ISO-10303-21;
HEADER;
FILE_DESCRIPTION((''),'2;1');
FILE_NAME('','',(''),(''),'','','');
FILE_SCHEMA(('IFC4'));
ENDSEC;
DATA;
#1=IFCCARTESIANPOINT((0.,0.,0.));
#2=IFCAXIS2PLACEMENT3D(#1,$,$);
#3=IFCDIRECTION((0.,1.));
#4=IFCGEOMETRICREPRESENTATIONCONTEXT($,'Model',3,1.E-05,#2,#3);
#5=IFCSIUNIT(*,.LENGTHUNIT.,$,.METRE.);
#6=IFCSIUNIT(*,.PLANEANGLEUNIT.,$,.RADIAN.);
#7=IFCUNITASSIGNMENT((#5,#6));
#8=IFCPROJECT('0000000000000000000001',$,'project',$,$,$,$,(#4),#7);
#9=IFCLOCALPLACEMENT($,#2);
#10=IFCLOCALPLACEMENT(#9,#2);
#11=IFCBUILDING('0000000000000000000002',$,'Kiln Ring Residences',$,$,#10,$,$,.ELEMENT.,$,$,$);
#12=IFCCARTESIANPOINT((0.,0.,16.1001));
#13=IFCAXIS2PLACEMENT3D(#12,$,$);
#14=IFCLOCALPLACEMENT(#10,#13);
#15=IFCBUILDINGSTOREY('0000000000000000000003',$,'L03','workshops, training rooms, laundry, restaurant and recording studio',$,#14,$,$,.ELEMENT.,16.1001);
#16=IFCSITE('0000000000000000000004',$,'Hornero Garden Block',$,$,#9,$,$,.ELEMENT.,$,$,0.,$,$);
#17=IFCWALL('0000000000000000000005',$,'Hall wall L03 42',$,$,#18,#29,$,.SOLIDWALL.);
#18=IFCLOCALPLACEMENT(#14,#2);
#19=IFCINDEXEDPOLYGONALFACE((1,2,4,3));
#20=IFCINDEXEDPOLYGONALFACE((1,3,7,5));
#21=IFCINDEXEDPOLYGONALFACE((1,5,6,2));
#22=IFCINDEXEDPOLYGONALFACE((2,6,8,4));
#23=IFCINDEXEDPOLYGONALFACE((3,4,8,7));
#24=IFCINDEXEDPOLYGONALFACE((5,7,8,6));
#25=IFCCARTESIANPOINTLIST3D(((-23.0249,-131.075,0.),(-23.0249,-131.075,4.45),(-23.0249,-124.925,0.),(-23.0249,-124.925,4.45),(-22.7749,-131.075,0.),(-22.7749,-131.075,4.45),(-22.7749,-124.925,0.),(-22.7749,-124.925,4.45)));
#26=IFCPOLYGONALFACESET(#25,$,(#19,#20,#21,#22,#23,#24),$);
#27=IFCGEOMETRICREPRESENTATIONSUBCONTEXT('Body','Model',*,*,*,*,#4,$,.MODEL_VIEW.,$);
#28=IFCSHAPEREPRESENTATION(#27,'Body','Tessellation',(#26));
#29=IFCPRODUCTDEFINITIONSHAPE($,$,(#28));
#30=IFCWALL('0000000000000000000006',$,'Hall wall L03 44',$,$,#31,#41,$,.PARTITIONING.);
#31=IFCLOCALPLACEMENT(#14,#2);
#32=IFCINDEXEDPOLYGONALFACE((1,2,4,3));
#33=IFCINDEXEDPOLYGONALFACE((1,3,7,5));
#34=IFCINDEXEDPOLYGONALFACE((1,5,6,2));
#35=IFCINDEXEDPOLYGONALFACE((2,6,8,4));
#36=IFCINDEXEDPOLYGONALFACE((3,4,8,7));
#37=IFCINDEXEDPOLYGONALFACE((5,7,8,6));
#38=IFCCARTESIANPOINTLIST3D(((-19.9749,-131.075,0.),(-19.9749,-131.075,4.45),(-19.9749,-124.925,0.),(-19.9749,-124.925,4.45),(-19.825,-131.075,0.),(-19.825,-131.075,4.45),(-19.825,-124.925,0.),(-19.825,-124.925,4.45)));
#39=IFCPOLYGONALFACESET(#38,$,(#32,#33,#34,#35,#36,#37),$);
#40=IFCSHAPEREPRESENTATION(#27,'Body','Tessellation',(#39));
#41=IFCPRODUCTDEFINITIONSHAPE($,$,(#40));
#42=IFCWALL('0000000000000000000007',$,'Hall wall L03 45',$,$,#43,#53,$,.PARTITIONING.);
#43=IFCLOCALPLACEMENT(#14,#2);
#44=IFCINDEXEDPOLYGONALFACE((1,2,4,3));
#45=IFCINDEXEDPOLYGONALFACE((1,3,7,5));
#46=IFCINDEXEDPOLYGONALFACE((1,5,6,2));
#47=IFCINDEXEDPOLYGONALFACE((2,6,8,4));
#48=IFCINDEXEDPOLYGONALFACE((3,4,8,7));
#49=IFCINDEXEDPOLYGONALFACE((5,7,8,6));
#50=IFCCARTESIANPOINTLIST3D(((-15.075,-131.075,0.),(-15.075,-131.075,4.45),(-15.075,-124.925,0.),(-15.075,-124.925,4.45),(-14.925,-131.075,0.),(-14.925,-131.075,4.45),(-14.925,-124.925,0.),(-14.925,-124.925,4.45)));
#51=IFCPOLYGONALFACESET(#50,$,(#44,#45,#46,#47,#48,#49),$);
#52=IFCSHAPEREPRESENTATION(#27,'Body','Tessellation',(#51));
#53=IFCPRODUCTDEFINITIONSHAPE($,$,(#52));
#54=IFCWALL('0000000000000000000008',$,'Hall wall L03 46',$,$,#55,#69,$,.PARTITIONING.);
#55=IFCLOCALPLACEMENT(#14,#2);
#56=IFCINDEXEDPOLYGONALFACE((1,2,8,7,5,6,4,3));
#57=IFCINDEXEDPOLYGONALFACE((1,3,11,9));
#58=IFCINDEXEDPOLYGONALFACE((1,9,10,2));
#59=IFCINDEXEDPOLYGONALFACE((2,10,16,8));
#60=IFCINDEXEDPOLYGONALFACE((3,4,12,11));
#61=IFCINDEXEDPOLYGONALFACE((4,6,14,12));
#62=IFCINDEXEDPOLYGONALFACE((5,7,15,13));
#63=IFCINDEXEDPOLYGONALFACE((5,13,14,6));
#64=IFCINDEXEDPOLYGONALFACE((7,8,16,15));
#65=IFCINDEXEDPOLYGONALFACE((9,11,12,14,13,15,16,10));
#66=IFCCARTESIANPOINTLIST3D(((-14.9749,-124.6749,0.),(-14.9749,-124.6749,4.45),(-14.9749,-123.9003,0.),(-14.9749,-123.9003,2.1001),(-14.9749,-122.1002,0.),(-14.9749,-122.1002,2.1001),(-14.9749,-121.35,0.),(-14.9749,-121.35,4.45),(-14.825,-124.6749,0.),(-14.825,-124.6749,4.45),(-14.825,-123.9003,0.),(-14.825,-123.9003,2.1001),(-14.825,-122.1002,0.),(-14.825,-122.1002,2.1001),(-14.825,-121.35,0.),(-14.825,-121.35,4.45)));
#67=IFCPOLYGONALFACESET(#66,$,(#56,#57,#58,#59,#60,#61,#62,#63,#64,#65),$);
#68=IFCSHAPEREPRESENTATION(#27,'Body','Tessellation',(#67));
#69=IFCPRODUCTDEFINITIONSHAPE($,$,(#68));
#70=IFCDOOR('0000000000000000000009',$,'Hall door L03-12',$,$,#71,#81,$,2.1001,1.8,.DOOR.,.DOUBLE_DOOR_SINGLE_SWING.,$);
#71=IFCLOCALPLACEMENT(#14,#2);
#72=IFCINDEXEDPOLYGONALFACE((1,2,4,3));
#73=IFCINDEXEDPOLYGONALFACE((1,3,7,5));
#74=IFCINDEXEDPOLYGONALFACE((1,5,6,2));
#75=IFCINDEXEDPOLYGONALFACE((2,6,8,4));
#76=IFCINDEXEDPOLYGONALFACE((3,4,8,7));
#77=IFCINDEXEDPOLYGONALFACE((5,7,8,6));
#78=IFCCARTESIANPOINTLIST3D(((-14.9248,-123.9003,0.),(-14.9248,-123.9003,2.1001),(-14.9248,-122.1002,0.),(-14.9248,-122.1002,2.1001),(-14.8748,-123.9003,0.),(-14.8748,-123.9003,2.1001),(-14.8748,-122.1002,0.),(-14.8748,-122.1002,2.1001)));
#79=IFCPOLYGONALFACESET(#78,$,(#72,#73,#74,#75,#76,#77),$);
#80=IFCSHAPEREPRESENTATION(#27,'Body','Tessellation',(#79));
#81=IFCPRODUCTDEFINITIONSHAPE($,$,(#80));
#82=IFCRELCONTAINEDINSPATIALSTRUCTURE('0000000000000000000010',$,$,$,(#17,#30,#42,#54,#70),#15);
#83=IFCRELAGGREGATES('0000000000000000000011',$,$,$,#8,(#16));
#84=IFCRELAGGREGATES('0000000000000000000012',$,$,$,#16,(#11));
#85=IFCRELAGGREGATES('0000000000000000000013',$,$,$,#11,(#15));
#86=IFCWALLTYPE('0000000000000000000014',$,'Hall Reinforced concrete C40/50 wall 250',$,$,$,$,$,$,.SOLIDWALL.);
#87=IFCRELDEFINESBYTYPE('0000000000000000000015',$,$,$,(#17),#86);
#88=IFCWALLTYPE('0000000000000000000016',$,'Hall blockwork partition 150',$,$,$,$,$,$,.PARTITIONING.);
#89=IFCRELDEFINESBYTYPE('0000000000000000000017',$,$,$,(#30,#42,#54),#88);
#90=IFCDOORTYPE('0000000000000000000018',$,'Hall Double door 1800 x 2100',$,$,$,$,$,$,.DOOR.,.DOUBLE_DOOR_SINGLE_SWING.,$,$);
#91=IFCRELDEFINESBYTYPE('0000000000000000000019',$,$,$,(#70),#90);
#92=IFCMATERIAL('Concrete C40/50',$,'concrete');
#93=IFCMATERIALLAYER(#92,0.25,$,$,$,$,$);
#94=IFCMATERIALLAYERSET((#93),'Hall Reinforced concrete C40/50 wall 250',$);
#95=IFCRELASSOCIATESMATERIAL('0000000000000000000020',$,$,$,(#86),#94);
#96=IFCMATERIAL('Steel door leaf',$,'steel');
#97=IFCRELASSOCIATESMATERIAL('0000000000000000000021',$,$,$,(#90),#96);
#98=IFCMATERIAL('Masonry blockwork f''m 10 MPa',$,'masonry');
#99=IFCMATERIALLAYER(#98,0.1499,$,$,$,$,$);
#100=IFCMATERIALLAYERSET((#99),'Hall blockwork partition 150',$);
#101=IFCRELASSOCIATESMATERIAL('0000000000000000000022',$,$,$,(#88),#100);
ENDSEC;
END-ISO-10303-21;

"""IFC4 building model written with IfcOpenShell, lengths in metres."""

from ifc_helpers import new_model, si_unit, direction, frame, frame_2d, origin, place, context, subcontext, project, spatial, rectangle, extrude, material, layer, layer_set, type_object, element, fill, save


model = new_model("IFC4")

# Units and contexts
model_context = context("Model", 3, precision=1e-05, world=origin(), true_north=direction((0.0, 1.0)))
body_context = subcontext(model_context, "Body", "Model", "MODEL_VIEW")
ifc_project = project(units=[si_unit("LENGTHUNIT", "METRE"), si_unit("PLANEANGLEUNIT", "RADIAN")], contexts=[model_context])

# Site, building, storey
site_placement = place(None, origin())
site = spatial("IfcSite", under=ifc_project, at=site_placement, Name="Hornero Garden Block", CompositionType="ELEMENT", RefElevation=0.0)
building_placement = place(site_placement, origin())
building = spatial("IfcBuilding", under=site, at=building_placement, Name="Kiln Ring Residences", CompositionType="ELEMENT")
storey_placement = place(building_placement, frame((0.0, 0.0, 16.1001)))
storey = spatial("IfcBuildingStorey", under=building, at=storey_placement, Name="L03", Description="workshops, training rooms, laundry, restaurant and recording studio", CompositionType="ELEMENT", Elevation=16.1001)

# Shared definitions
ifc_material_1 = material(Name="Concrete C40/50", Category="concrete")
ifc_layer_1 = layer(ifc_material_1, 0.25)
ifc_layer_set_1 = layer_set([ifc_layer_1], Name="Hall Reinforced concrete C40/50 wall 250")
wall_type_1 = type_object("IfcWallType", Name="Hall Reinforced concrete C40/50 wall 250", PredefinedType="SOLIDWALL", material=ifc_layer_set_1)
ifc_material_2 = material(Name="Steel door leaf", Category="steel")
door_type_1 = type_object("IfcDoorType", Name="Hall Double door 1800 x 2100", OperationType="DOUBLE_DOOR_SINGLE_SWING", PredefinedType="DOOR", material=ifc_material_2)

# Walls
wall_1_placement = place(storey_placement, frame((-22.8999, -131.075, 0.0), z_axis=(0.0, 0.0, 1.0), x_axis=(0.0, 1.0, 0.0)))
element("IfcWall", 1, at=wall_1_placement, inside=storey, type_object=wall_type_1, Name="Hall wall L03 42", PredefinedType="SOLIDWALL", context=body_context, shape_type="SweptSolid", body=[
    extrude(rectangle(XDim=6.1499, YDim=0.25, at=frame_2d((3.075, 0.0))), origin(), (0.0, 0.0, 1.0), 4.45),
])
ifc_material_3 = material(Name="Masonry blockwork f'm 10 MPa", Category="masonry")
ifc_layer_2 = layer(ifc_material_3, 0.1499)
ifc_layer_set_2 = layer_set([ifc_layer_2], Name="Hall blockwork partition 150")
wall_type_2 = type_object("IfcWallType", Name="Hall blockwork partition 150", PredefinedType="PARTITIONING", material=ifc_layer_set_2)
for number, where, z_axis, x_axis, name in (
    (2, (-19.8999, -131.075, 0.0), (0.0, 0.0, 1.0), (0.0, 1.0, 0.0), "Hall wall L03 44"),
    (3, (-15.0, -131.075, 0.0), (0.0, 0.0, 1.0), (0.0, 1.0, 0.0), "Hall wall L03 45"),
):
    element("IfcWall", number, at=place(storey_placement, frame(where, z_axis=z_axis, x_axis=x_axis)), inside=storey, type_object=wall_type_2, Name=name, PredefinedType="PARTITIONING", context=body_context, shape_type="SweptSolid", body=[
        extrude(rectangle(XDim=6.1499, YDim=0.1499, at=frame_2d((3.075, 0.0))), origin(), (0.0, 0.0, 1.0), 4.45),
    ])

# Wall, opening, door
wall_2_placement = place(storey_placement, frame((-14.8999, -124.675, 0.0), z_axis=(0.0, 0.0, 1.0), x_axis=(0.0, 1.0, 0.0)))
wall_2 = element("IfcWall", 4, at=wall_2_placement, inside=storey, type_object=wall_type_2, Name="Hall wall L03 46", PredefinedType="PARTITIONING", context=body_context, shape_type="SweptSolid", body=[
    extrude(rectangle(XDim=3.325, YDim=0.1499, at=frame_2d((1.6626, 0.0))), origin(), (0.0, 0.0, 1.0), 4.45),
])
opening_1_placement = place(wall_2_placement, frame((0.7749, 0.0, 0.0)))
opening_1 = element("IfcOpeningElement", 5, at=opening_1_placement, cuts=wall_2, PredefinedType="OPENING", context=body_context, shape_type="SweptSolid", body=[
    extrude(rectangle(XDim=1.8, YDim=2.1001, at=frame_2d((0.8999, 1.05))), frame((0.0, 0.085, 0.0), z_axis=(0.0, -1.0, 0.0), x_axis=(1.0, 0.0, 0.0)), (0.0, 0.0, 1.0), 0.1699),
])
door_1_placement = place(opening_1_placement, origin())
door_1 = element("IfcDoor", 6, at=door_1_placement, inside=storey, type_object=door_type_1, Name="Hall door L03-12", OperationType="DOUBLE_DOOR_SINGLE_SWING", OverallHeight=2.1001, OverallWidth=1.8, PredefinedType="DOOR", context=body_context, shape_type="SweptSolid", body=[
    extrude(rectangle(XDim=1.8, YDim=2.1001, at=frame_2d((0.8999, 1.05))), frame((0.0, 0.0249, 0.0), z_axis=(0.0, -1.0, 0.0), x_axis=(1.0, 0.0, 0.0)), (0.0, 0.0, 1.0), 0.05),
])
fill(opening_1, door_1)

save(model, "model.ifc")
